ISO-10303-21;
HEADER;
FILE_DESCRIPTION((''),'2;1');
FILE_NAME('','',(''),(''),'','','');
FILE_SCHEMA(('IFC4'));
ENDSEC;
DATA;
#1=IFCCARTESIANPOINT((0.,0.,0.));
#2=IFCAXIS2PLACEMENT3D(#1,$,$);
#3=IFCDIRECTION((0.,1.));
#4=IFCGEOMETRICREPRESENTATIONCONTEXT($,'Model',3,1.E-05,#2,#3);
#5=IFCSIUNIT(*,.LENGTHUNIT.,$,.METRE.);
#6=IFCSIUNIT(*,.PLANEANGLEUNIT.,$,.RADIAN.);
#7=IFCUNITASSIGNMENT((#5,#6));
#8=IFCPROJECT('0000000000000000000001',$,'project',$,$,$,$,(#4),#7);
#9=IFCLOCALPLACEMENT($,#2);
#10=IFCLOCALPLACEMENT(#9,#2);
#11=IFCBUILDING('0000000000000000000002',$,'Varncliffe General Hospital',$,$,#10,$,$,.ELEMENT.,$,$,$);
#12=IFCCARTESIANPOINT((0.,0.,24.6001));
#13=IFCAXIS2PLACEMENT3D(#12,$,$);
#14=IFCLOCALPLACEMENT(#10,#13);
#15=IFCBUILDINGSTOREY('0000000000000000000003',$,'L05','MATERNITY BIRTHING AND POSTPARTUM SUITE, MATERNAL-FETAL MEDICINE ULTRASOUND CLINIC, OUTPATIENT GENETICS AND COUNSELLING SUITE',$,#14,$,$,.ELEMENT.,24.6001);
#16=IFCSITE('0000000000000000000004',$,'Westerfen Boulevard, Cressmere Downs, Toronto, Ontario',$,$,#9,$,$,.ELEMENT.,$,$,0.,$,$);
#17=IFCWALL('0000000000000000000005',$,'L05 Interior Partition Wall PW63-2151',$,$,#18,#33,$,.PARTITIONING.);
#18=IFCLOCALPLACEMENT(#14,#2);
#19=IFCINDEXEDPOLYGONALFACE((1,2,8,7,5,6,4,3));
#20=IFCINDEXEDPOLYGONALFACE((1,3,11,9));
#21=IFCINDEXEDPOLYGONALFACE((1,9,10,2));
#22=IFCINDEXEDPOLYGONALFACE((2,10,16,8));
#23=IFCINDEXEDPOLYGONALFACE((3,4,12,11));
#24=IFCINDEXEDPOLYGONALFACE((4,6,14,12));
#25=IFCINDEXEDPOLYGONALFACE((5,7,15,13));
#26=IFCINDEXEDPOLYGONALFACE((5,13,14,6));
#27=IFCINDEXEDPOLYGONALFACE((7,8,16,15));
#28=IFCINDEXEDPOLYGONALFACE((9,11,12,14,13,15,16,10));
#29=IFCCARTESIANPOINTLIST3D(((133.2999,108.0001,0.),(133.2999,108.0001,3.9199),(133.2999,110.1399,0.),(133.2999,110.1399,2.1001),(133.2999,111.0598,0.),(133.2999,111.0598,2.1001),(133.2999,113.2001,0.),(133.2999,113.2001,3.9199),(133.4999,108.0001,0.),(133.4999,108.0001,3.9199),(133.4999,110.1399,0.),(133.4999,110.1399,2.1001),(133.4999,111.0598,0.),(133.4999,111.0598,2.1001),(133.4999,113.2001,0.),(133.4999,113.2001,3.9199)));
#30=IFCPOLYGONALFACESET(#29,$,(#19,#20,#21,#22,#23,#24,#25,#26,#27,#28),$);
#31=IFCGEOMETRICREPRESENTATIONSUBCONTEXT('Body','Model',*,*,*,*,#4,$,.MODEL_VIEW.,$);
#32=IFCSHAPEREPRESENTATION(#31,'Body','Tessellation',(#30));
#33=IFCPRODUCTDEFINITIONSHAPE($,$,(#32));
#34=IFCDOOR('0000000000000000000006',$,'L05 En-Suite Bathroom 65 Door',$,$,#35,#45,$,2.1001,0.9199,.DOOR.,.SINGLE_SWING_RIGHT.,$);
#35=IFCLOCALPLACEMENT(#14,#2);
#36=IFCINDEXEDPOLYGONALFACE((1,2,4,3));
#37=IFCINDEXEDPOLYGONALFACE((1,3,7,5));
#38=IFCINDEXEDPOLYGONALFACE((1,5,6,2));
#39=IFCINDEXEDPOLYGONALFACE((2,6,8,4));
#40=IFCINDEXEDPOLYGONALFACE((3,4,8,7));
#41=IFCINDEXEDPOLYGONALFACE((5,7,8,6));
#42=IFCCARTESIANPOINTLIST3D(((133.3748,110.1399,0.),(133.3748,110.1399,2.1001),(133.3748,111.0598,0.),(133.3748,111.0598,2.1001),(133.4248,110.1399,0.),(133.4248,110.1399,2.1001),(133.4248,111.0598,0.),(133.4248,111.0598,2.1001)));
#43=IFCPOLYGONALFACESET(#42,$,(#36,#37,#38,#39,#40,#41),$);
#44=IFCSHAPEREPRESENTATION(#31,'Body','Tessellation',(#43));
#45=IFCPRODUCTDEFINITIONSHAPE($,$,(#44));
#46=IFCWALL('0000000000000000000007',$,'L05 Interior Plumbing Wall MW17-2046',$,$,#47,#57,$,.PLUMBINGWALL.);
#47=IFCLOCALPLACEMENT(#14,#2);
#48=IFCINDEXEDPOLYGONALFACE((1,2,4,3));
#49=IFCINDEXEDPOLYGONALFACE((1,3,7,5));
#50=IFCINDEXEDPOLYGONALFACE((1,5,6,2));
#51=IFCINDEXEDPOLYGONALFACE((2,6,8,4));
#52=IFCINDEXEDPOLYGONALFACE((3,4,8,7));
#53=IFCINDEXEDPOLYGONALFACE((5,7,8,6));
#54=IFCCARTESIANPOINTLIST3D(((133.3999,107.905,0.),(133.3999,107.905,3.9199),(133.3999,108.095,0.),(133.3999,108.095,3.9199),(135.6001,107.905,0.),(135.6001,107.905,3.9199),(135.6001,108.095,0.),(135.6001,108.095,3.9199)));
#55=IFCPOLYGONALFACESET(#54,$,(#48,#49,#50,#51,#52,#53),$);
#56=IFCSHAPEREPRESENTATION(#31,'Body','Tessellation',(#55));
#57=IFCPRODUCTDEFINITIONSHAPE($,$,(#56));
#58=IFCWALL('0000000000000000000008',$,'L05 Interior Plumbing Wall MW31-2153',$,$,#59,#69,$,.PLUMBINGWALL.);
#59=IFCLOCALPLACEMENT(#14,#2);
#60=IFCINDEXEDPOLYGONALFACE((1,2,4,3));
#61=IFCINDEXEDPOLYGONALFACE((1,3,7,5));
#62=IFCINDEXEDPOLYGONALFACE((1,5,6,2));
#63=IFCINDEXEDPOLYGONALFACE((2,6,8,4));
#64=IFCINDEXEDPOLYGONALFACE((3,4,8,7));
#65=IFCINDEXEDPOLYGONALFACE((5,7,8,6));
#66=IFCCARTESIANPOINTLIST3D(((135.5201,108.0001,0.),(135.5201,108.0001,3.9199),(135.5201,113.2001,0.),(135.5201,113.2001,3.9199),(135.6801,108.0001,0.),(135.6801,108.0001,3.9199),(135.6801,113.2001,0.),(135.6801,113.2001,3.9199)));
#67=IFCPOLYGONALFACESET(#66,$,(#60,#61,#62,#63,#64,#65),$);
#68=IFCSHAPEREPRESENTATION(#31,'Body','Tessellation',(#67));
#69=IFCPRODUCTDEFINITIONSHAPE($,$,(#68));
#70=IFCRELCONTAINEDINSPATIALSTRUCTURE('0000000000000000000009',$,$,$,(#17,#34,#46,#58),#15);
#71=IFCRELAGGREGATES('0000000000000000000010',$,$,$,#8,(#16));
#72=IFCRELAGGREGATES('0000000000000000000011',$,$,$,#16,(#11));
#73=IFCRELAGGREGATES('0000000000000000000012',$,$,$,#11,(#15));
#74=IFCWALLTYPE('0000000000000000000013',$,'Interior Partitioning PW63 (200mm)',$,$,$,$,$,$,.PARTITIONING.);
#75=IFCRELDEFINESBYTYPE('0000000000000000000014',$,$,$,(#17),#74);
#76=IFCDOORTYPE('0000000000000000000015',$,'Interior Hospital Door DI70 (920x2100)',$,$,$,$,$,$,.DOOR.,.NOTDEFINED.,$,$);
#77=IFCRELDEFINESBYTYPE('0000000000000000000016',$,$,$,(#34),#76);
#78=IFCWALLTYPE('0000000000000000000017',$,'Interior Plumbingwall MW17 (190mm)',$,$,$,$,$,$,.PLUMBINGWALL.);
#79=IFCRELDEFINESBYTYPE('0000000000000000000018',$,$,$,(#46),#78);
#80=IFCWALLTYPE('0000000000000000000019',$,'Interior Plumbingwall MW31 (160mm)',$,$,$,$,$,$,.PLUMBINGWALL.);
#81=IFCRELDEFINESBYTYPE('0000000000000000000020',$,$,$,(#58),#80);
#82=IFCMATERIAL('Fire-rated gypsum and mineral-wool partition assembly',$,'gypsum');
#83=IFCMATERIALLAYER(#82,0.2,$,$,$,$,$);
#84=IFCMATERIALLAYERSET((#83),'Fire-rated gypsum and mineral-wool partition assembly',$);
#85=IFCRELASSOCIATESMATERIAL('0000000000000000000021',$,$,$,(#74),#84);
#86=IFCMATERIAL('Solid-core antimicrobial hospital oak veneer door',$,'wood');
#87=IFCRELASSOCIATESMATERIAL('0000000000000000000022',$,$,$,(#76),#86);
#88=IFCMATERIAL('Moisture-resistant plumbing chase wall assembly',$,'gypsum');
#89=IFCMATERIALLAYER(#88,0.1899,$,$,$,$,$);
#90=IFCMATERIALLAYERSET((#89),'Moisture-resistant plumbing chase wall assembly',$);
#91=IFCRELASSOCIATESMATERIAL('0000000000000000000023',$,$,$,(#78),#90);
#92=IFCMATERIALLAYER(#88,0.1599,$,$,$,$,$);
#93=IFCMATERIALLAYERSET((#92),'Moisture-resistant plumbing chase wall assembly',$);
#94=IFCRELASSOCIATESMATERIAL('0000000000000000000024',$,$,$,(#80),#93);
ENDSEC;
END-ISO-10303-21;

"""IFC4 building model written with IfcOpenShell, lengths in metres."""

from ifc_helpers import new_model, si_unit, direction, frame, frame_2d, origin, place, context, subcontext, project, spatial, rectangle, extrude, material, layer, layer_set, type_object, element, fill, save


model = new_model("IFC4")

# Units and contexts
model_context = context("Model", 3, precision=1e-05, world=origin(), true_north=direction((0.0, 1.0)))
body_context = subcontext(model_context, "Body", "Model", "MODEL_VIEW")
ifc_project = project(units=[si_unit("LENGTHUNIT", "METRE"), si_unit("PLANEANGLEUNIT", "RADIAN")], contexts=[model_context])

# Site, building, storey
site_placement = place(None, origin())
site = spatial("IfcSite", under=ifc_project, at=site_placement, Name="Westerfen Boulevard, Cressmere Downs, Toronto, Ontario", CompositionType="ELEMENT", RefElevation=0.0)
building_placement = place(site_placement, origin())
building = spatial("IfcBuilding", under=site, at=building_placement, Name="Varncliffe General Hospital", CompositionType="ELEMENT")
storey_placement = place(building_placement, frame((0.0, 0.0, 24.6001)))
storey = spatial("IfcBuildingStorey", under=building, at=storey_placement, Name="L05", Description="MATERNITY BIRTHING AND POSTPARTUM SUITE, MATERNAL-FETAL MEDICINE ULTRASOUND CLINIC, OUTPATIENT GENETICS AND COUNSELLING SUITE", CompositionType="ELEMENT", Elevation=24.6001)

# Wall, opening, door
ifc_material_1 = material(Name="Fire-rated gypsum and mineral-wool partition assembly", Category="gypsum")
ifc_layer_1 = layer(ifc_material_1, 0.2)
ifc_layer_set_1 = layer_set([ifc_layer_1], Name="Fire-rated gypsum and mineral-wool partition assembly")
wall_type_1 = type_object("IfcWallType", Name="Interior Partitioning PW63 (200mm)", PredefinedType="PARTITIONING", material=ifc_layer_set_1)
wall_1_placement = place(storey_placement, frame((133.3999, 108.0, 0.0), z_axis=(0.0, 0.0, 1.0), x_axis=(0.0, 1.0, 0.0)))
wall_1 = element("IfcWall", 1, at=wall_1_placement, inside=storey, type_object=wall_type_1, Name="L05 Interior Partition Wall PW63-2151", PredefinedType="PARTITIONING", context=body_context, shape_type="SweptSolid", body=[
    extrude(rectangle(XDim=5.2, YDim=0.2, at=frame_2d((2.6001, 0.0))), origin(), (0.0, 0.0, 1.0), 3.9199),
])
opening_1_placement = place(wall_1_placement, frame((2.1399, 0.0, 0.0)))
opening_1 = element("IfcOpeningElement", 2, at=opening_1_placement, cuts=wall_1, PredefinedType="OPENING", context=body_context, shape_type="SweptSolid", body=[
    extrude(rectangle(XDim=0.9199, YDim=2.1001, at=frame_2d((0.46, 1.05))), frame((0.0, 0.1099, 0.0), z_axis=(0.0, -1.0, 0.0), x_axis=(1.0, 0.0, 0.0)), (0.0, 0.0, 1.0), 0.22),
])
ifc_material_2 = material(Name="Solid-core antimicrobial hospital oak veneer door", Category="wood")
door_type_1 = type_object("IfcDoorType", Name="Interior Hospital Door DI70 (920x2100)", OperationType="NOTDEFINED", PredefinedType="DOOR", material=ifc_material_2)
door_1_placement = place(opening_1_placement, frame((0.9199, 0.0, 0.0), z_axis=(0.0, 0.0, 1.0), x_axis=(-1.0, 0.0, 0.0)))
door_1 = element("IfcDoor", 3, at=door_1_placement, inside=storey, type_object=door_type_1, Name="L05 En-Suite Bathroom 65 Door", OperationType="SINGLE_SWING_RIGHT", OverallHeight=2.1001, OverallWidth=0.9199, PredefinedType="DOOR", context=body_context, shape_type="SweptSolid", body=[
    extrude(rectangle(XDim=0.9199, YDim=2.1001, at=frame_2d((0.46, 1.05))), frame((0.0, 0.0249, 0.0), z_axis=(0.0, -1.0, 0.0), x_axis=(1.0, 0.0, 0.0)), (0.0, 0.0, 1.0), 0.05),
])
fill(opening_1, door_1)

# Walls
ifc_material_3 = material(Name="Moisture-resistant plumbing chase wall assembly", Category="gypsum")
ifc_layer_2 = layer(ifc_material_3, 0.1899)
ifc_layer_set_2 = layer_set([ifc_layer_2], Name="Moisture-resistant plumbing chase wall assembly")
wall_type_2 = type_object("IfcWallType", Name="Interior Plumbingwall MW17 (190mm)", PredefinedType="PLUMBINGWALL", material=ifc_layer_set_2)
wall_2_placement = place(storey_placement, frame((133.3999, 108.0, 0.0), z_axis=(0.0, 0.0, 1.0), x_axis=(1.0, 0.0, 0.0)))
element("IfcWall", 4, at=wall_2_placement, inside=storey, type_object=wall_type_2, Name="L05 Interior Plumbing Wall MW17-2046", PredefinedType="PLUMBINGWALL", context=body_context, shape_type="SweptSolid", body=[
    extrude(rectangle(XDim=2.2002, YDim=0.1899, at=frame_2d((1.1001, 0.0))), origin(), (0.0, 0.0, 1.0), 3.9199),
])
ifc_layer_3 = layer(ifc_material_3, 0.1599)
ifc_layer_set_3 = layer_set([ifc_layer_3], Name="Moisture-resistant plumbing chase wall assembly")
wall_type_3 = type_object("IfcWallType", Name="Interior Plumbingwall MW31 (160mm)", PredefinedType="PLUMBINGWALL", material=ifc_layer_set_3)
wall_3_placement = place(storey_placement, frame((135.6001, 108.0, 0.0), z_axis=(0.0, 0.0, 1.0), x_axis=(0.0, 1.0, 0.0)))
element("IfcWall", 5, at=wall_3_placement, inside=storey, type_object=wall_type_3, Name="L05 Interior Plumbing Wall MW31-2153", PredefinedType="PLUMBINGWALL", context=body_context, shape_type="SweptSolid", body=[
    extrude(rectangle(XDim=5.2, YDim=0.1599, at=frame_2d((2.6001, 0.0))), origin(), (0.0, 0.0, 1.0), 3.9199),
])

save(model, "model.ifc")
